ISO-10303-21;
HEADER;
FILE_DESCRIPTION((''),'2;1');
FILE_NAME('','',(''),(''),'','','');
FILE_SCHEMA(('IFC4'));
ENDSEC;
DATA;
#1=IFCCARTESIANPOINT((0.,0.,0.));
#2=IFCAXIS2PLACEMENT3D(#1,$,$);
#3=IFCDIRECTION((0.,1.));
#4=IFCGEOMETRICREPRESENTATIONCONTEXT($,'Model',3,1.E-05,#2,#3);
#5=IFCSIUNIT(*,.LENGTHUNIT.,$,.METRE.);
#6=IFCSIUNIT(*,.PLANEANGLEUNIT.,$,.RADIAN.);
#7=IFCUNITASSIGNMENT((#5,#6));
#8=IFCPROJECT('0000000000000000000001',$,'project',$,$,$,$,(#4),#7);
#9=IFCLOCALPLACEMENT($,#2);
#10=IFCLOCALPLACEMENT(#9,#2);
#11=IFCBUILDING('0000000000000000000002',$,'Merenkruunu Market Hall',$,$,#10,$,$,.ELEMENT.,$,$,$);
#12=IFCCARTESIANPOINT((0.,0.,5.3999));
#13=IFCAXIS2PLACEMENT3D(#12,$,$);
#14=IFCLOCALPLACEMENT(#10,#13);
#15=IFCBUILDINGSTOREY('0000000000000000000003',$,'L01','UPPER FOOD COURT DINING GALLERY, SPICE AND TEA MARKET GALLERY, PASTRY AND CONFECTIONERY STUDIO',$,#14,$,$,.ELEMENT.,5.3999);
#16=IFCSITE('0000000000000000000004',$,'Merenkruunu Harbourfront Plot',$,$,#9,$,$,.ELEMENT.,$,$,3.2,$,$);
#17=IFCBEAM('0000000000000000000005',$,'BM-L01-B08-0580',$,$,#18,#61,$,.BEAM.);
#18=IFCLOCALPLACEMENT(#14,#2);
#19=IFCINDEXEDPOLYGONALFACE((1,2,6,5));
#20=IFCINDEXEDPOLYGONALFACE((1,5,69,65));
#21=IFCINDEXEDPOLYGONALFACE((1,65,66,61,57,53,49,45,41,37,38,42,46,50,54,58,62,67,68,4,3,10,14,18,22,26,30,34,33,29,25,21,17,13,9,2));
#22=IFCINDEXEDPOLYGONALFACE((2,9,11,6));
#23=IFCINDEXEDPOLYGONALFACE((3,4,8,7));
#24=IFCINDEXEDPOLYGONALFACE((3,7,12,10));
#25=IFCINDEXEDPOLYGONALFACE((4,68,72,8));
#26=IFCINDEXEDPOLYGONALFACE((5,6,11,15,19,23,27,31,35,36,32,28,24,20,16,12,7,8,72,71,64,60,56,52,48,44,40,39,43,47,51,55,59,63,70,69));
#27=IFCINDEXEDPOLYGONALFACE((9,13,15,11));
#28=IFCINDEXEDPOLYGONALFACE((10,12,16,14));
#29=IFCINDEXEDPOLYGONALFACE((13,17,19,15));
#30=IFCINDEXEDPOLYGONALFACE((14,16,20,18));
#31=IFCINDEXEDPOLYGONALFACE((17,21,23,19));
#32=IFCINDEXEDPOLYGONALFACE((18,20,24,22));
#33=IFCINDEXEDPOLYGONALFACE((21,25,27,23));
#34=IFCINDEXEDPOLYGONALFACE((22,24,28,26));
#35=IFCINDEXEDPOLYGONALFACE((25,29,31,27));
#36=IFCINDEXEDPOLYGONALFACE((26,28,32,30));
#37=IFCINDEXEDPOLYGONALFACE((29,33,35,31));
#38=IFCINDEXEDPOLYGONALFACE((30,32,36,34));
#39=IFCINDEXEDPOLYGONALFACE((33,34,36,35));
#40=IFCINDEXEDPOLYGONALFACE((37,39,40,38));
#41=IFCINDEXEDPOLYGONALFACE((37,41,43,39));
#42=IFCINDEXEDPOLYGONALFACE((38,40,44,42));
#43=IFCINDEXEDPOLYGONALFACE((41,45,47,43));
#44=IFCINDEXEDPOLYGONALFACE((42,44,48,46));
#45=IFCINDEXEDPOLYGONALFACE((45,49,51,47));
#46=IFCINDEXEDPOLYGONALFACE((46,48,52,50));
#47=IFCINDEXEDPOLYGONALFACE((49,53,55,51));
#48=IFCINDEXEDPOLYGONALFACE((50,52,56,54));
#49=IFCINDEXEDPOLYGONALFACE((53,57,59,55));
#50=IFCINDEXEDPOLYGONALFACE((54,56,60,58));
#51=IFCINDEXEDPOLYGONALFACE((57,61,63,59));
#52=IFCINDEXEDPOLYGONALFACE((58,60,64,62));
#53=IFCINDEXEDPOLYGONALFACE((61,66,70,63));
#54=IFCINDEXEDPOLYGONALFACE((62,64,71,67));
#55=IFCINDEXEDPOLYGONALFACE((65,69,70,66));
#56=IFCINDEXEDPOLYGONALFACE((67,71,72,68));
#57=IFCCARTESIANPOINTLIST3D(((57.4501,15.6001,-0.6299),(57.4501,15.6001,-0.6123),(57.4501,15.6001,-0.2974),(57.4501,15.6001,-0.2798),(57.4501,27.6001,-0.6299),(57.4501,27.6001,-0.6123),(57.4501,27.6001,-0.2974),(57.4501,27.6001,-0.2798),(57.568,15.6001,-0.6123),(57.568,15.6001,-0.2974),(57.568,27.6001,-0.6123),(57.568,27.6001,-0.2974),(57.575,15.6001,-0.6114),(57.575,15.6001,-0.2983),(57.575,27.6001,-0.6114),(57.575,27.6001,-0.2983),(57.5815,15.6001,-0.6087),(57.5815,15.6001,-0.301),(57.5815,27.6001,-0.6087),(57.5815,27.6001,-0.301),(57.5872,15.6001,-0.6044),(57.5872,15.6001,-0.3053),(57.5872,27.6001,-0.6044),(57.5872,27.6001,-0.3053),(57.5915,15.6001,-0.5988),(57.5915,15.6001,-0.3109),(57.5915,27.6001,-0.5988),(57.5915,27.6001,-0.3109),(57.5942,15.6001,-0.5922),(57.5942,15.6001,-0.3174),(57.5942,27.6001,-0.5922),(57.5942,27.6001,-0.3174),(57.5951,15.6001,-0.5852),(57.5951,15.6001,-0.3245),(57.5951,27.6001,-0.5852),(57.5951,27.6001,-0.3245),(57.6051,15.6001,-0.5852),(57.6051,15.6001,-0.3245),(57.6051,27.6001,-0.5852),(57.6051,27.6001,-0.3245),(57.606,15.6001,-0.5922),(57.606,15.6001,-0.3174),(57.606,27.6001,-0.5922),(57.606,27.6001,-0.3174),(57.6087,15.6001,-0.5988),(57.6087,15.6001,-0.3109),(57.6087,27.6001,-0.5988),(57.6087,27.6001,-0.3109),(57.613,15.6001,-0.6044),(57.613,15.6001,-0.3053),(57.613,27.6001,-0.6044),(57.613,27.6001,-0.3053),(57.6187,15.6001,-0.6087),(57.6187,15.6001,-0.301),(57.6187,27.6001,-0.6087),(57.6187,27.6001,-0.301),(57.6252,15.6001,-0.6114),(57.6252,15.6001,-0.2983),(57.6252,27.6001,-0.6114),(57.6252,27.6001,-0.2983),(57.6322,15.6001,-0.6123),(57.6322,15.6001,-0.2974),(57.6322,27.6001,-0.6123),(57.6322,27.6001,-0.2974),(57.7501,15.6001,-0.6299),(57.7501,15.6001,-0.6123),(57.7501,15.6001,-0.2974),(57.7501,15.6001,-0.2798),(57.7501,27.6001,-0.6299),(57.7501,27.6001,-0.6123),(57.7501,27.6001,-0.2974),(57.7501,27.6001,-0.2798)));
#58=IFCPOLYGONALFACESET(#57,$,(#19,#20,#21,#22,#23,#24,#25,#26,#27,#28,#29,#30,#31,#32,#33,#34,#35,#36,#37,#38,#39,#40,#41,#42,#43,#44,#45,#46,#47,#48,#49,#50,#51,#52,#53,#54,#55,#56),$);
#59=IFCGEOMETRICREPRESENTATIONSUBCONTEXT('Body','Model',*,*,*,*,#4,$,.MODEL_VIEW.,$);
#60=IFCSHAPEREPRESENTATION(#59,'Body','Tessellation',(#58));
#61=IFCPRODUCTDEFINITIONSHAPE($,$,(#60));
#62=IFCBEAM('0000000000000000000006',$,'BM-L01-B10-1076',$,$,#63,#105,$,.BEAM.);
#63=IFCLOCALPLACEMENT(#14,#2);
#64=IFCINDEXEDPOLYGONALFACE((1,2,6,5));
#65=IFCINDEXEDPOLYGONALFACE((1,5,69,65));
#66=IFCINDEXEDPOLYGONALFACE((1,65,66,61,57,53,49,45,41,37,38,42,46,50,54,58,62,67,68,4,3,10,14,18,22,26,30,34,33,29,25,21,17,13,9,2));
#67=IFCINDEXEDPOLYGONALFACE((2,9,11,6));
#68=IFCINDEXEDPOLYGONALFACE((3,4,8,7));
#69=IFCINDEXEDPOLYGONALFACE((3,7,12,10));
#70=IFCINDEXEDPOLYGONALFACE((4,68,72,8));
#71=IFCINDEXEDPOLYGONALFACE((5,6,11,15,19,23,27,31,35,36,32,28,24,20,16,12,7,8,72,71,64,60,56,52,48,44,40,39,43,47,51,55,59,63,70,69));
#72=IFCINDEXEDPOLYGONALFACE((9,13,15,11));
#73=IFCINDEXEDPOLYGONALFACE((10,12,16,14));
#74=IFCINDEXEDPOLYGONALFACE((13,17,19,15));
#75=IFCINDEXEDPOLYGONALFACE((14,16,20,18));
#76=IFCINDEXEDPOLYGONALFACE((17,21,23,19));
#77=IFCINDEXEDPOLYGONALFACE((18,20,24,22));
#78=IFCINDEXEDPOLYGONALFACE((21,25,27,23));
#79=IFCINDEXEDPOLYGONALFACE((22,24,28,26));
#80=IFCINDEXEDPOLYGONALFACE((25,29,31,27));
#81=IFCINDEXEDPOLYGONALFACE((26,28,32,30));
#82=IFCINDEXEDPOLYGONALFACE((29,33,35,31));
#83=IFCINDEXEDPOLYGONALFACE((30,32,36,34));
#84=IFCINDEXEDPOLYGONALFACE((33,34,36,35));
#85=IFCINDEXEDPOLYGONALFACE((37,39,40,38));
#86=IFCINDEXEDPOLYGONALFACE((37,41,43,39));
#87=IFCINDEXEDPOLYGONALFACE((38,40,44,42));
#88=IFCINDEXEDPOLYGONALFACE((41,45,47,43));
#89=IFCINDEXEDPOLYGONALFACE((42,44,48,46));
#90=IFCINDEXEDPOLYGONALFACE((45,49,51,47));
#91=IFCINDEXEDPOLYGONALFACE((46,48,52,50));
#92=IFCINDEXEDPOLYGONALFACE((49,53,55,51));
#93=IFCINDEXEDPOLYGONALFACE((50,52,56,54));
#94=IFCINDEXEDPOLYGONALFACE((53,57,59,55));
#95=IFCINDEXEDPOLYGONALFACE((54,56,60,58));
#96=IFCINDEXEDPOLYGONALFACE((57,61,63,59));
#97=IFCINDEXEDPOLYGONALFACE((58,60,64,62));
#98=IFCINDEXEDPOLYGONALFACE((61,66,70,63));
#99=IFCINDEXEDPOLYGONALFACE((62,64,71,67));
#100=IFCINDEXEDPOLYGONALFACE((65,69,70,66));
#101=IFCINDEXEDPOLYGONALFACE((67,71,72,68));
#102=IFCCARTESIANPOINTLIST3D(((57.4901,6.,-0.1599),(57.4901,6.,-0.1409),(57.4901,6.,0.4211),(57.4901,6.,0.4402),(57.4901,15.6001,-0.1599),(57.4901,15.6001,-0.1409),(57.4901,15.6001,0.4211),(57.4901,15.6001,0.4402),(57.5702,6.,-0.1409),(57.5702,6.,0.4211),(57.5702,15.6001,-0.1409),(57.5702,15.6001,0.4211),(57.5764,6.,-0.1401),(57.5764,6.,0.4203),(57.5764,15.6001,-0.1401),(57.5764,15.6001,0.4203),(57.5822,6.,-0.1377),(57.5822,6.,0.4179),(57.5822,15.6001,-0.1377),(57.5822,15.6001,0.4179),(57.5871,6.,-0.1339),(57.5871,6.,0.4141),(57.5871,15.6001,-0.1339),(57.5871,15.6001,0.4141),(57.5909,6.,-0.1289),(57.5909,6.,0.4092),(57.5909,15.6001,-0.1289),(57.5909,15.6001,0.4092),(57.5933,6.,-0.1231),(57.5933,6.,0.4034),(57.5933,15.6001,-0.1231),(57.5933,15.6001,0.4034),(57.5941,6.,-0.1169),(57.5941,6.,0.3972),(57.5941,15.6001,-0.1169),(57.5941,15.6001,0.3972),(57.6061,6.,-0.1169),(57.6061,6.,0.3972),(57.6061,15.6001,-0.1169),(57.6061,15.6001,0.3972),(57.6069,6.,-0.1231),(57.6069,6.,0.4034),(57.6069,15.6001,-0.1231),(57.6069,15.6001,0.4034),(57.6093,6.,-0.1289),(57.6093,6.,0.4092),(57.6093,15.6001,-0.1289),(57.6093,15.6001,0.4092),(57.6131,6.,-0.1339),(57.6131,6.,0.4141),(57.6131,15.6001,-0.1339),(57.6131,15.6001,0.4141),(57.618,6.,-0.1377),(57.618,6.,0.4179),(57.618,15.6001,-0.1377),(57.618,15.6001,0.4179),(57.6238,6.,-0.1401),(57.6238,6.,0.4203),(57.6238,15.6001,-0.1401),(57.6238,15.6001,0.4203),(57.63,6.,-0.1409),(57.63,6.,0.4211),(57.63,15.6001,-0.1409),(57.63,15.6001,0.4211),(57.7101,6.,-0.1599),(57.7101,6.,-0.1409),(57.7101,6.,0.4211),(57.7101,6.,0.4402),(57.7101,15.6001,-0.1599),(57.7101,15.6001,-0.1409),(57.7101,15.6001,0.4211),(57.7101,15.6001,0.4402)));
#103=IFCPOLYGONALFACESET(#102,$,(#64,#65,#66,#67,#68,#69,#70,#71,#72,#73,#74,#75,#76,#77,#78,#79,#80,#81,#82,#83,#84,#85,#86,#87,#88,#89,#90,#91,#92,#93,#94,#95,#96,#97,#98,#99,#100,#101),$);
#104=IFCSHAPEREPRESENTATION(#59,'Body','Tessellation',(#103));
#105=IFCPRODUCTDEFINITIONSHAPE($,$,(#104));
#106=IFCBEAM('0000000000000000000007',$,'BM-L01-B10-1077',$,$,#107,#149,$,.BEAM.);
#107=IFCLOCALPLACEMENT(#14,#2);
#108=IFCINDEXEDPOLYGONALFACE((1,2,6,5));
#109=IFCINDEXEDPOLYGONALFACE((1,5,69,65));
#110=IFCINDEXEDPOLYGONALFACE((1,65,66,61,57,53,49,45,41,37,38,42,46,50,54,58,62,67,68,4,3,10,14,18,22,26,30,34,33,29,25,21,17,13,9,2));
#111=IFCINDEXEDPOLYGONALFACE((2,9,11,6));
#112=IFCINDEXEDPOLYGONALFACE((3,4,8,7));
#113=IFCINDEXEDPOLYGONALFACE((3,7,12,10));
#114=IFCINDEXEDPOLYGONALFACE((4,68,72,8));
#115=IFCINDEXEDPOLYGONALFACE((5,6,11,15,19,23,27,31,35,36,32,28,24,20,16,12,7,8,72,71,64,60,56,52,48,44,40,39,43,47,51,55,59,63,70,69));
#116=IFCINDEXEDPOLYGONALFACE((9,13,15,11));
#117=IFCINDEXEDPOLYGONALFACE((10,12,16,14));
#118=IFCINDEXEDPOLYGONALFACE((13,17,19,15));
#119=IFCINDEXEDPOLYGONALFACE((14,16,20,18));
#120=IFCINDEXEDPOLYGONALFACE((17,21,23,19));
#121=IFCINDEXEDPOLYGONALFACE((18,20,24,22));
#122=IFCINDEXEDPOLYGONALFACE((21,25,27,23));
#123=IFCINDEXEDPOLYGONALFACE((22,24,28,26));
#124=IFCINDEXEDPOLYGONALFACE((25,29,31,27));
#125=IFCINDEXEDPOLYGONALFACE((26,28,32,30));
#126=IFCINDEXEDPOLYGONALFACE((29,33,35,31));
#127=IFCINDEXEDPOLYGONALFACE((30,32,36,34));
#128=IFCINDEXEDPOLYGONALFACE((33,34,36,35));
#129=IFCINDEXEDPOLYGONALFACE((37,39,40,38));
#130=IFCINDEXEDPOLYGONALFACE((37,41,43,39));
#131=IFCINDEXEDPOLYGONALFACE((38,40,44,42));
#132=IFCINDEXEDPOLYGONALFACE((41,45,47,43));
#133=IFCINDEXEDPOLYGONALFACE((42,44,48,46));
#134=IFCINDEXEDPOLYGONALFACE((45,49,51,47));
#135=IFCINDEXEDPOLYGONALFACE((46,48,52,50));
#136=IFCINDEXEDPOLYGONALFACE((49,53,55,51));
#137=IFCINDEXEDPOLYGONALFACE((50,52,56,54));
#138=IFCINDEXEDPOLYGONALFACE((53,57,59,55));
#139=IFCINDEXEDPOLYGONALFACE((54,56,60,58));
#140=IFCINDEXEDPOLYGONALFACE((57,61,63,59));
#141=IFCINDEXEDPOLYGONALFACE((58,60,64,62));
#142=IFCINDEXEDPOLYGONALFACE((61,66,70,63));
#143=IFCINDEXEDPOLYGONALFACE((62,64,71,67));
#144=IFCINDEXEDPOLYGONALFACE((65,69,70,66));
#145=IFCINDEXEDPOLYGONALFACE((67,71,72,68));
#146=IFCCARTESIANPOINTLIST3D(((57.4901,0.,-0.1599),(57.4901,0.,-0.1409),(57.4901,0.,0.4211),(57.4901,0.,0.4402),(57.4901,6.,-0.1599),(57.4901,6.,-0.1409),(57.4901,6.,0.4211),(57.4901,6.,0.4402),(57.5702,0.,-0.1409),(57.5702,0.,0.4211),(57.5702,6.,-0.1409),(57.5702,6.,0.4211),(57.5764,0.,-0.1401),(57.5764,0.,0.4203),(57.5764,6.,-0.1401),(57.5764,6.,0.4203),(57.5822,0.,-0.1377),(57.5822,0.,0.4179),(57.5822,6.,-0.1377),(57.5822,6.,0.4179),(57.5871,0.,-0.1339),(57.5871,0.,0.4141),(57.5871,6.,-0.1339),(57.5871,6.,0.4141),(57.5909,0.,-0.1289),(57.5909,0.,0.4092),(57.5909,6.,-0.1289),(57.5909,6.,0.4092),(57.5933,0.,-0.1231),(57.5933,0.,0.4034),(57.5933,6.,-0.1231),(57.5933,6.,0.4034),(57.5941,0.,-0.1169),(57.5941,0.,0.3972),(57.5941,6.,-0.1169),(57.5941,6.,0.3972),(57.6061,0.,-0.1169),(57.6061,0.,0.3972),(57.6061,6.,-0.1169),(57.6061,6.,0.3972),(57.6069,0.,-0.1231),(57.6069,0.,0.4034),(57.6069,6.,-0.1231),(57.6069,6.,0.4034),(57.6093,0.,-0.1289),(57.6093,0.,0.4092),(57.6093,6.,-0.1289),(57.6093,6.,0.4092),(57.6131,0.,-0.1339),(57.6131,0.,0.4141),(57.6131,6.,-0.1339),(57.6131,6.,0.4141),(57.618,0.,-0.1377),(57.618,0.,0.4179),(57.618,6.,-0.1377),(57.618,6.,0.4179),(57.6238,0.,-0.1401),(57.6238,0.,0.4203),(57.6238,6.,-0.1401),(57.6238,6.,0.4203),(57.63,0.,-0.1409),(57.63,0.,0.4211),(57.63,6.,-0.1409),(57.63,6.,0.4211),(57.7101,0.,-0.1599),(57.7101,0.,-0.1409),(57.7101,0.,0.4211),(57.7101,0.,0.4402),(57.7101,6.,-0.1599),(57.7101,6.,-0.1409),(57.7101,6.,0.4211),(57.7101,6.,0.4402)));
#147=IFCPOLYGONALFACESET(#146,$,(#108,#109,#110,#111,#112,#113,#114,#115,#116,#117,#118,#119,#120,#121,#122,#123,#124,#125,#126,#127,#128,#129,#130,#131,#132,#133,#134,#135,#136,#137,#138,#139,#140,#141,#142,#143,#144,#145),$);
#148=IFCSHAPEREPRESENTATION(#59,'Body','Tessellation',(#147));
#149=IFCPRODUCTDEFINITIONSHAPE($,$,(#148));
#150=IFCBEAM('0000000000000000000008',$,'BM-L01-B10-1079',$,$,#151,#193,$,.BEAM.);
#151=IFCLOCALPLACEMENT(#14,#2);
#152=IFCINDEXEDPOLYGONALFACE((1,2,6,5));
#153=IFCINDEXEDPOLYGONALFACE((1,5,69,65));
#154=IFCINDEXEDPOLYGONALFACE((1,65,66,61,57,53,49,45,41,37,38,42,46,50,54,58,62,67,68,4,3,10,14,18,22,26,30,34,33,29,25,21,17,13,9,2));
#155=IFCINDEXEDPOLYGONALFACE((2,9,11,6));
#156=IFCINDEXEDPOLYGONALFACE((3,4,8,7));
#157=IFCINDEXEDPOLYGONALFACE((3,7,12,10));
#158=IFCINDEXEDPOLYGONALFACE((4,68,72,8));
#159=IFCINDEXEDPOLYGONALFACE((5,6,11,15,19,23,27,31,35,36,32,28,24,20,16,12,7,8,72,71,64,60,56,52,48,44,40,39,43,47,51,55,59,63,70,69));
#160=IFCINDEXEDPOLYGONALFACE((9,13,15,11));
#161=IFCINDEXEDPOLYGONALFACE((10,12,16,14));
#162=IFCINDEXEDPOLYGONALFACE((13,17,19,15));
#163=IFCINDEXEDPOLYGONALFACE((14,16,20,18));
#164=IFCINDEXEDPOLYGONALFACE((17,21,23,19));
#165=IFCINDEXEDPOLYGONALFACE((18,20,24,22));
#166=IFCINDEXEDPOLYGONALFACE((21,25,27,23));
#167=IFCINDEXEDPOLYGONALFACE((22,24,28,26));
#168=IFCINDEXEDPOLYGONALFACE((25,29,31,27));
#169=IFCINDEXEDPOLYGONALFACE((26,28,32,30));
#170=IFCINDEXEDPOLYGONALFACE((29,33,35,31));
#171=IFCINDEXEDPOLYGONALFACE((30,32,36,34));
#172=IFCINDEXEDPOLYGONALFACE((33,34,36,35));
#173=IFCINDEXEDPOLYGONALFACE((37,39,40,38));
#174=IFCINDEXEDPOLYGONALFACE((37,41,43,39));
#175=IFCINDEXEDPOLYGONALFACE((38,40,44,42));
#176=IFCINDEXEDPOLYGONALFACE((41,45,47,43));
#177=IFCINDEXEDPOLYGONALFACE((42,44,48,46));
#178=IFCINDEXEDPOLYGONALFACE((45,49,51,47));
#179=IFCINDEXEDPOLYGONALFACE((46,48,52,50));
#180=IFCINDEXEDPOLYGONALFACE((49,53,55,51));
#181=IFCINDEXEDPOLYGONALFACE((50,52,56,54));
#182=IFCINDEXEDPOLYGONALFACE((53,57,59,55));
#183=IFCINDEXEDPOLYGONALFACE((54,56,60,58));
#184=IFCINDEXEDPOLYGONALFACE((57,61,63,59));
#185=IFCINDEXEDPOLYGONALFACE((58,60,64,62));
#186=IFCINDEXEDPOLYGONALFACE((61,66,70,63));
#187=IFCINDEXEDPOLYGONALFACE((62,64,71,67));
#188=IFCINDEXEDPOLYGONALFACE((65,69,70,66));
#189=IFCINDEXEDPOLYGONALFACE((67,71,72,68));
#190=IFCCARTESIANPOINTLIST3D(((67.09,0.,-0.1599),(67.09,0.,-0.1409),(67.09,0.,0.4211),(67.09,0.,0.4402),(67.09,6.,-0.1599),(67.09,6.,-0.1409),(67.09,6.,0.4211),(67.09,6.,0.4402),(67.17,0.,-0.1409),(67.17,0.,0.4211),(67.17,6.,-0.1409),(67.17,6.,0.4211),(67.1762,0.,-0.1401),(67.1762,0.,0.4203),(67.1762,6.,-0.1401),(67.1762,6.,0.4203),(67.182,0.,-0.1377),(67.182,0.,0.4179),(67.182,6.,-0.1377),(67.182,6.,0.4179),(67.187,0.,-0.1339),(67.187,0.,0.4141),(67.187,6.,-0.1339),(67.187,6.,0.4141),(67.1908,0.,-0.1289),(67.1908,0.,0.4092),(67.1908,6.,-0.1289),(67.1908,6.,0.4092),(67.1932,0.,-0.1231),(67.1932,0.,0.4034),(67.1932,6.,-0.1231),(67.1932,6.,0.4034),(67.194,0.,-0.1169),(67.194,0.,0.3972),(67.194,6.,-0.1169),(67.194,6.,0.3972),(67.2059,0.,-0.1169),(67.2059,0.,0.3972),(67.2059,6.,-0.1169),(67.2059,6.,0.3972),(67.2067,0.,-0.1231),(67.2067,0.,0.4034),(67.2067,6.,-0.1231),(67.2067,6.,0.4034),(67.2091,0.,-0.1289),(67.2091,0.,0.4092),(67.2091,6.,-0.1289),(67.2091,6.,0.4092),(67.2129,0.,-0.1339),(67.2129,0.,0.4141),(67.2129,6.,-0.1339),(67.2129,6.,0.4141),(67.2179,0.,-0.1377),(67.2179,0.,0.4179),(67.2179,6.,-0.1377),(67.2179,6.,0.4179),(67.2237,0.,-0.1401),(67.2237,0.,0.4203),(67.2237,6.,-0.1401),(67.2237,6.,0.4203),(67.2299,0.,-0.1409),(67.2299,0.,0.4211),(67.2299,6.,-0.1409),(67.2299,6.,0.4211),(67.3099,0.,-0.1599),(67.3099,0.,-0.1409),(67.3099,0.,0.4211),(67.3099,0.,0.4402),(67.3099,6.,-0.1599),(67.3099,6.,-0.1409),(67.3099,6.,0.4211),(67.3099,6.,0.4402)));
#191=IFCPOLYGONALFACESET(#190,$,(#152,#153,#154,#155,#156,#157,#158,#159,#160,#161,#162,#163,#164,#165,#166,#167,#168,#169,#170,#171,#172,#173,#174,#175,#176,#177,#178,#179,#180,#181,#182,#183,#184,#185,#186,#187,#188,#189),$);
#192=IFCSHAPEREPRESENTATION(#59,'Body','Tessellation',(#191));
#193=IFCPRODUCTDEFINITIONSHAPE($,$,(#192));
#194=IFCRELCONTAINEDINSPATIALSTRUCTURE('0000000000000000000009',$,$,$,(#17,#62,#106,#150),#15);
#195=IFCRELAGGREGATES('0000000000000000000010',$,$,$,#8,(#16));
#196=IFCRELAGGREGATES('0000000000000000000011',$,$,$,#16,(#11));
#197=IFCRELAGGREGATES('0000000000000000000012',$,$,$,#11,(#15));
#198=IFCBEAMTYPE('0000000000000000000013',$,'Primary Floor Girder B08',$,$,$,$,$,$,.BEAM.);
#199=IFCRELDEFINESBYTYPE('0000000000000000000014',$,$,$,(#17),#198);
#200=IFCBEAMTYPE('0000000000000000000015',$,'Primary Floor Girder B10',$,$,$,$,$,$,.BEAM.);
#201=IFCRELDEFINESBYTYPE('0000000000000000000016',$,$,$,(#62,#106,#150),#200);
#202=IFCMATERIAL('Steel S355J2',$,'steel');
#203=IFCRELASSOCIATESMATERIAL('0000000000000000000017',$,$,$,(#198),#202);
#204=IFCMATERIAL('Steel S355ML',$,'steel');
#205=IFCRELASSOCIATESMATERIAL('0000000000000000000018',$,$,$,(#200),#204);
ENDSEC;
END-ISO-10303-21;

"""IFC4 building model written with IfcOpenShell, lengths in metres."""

from ifc_helpers import new_model, si_unit, direction, frame, origin, origin_2d, place, context, subcontext, project, spatial, i_section, extrude, material, material_profile, profile_set, type_object, element, save


model = new_model("IFC4")

# Units and contexts
model_context = context("Model", 3, precision=1e-05, world=origin(), true_north=direction((0.0, 1.0)))
body_context = subcontext(model_context, "Body", "Model", "MODEL_VIEW")
ifc_project = project(units=[si_unit("LENGTHUNIT", "METRE"), si_unit("PLANEANGLEUNIT", "RADIAN")], contexts=[model_context])

# Site, building, storey
site_placement = place(None, origin())
site = spatial("IfcSite", under=ifc_project, at=site_placement, Name="Merenkruunu Harbourfront Plot", CompositionType="ELEMENT", RefElevation=3.2)
building_placement = place(site_placement, origin())
building = spatial("IfcBuilding", under=site, at=building_placement, Name="Merenkruunu Market Hall", CompositionType="ELEMENT")
storey_placement = place(building_placement, frame((0.0, 0.0, 5.3999)))
storey = spatial("IfcBuildingStorey", under=building, at=storey_placement, Name="L01", Description="UPPER FOOD COURT DINING GALLERY, SPICE AND TEA MARKET GALLERY, PASTRY AND CONFECTIONERY STUDIO", CompositionType="ELEMENT", Elevation=5.3999)

# Shared definitions
ifc_material_1 = material(Name="Steel S355ML", Category="steel")

# Beams
ifc_material_2 = material(Name="Steel S355J2", Category="steel")
ifc_material_profile_1 = material_profile(ifc_material_2, i_section(OverallWidth=0.3, OverallDepth=0.3501, WebThickness=0.01, FlangeThickness=0.0176, FilletRadius=0.0271, at=origin_2d()), Name="HEA 360")
ifc_profile_set_1 = profile_set([ifc_material_profile_1], Name="Steel S355J2")
beam_type_1 = type_object("IfcBeamType", Name="Primary Floor Girder B08", PredefinedType="BEAM", material=ifc_profile_set_1)
beam_1_placement = place(storey_placement, frame((57.6001, 15.6001, -0.4548), z_axis=(0.0, 1.0, 0.0), x_axis=(-1.0, 0.0, 0.0)))
element("IfcBeam", 1, at=beam_1_placement, inside=storey, type_object=beam_type_1, Name="BM-L01-B08-0580", PredefinedType="BEAM", context=body_context, shape_type="SweptSolid", body=[
    extrude(i_section(OverallWidth=0.3, OverallDepth=0.3501, WebThickness=0.01, FlangeThickness=0.0176, FilletRadius=0.0271, at=origin_2d()), origin(), (0.0, 0.0, 1.0), 12.0),
])
ifc_material_profile_2 = material_profile(ifc_material_1, i_section(OverallWidth=0.22, OverallDepth=0.6001, WebThickness=0.012, FlangeThickness=0.019, FilletRadius=0.0239, at=origin_2d()), Name="IPE 600")
ifc_profile_set_2 = profile_set([ifc_material_profile_2], Name="Steel S355ML")
beam_type_2 = type_object("IfcBeamType", Name="Primary Floor Girder B10", PredefinedType="BEAM", material=ifc_profile_set_2)
beam_2_placement = place(storey_placement, frame((57.6001, 15.6001, 0.1401), z_axis=(0.0, -1.0, 0.0), x_axis=(1.0, 0.0, 0.0)))
element("IfcBeam", 2, at=beam_2_placement, inside=storey, type_object=beam_type_2, Name="BM-L01-B10-1076", PredefinedType="BEAM", context=body_context, shape_type="SweptSolid", body=[
    extrude(i_section(OverallWidth=0.22, OverallDepth=0.6001, WebThickness=0.012, FlangeThickness=0.019, FilletRadius=0.0239, at=origin_2d()), origin(), (0.0, 0.0, 1.0), 9.6001),
])
for number, where, z_axis, x_axis, name in (
    (3, (57.6001, 6.0, 0.1401), (0.0, -1.0, 0.0), (1.0, 0.0, 0.0), "BM-L01-B10-1077"),
    (4, (67.2, 6.0, 0.1401), (0.0, -1.0, 0.0), (1.0, 0.0, 0.0), "BM-L01-B10-1079"),
):
    element("IfcBeam", number, at=place(storey_placement, frame(where, z_axis=z_axis, x_axis=x_axis)), inside=storey, type_object=beam_type_2, Name=name, PredefinedType="BEAM", context=body_context, shape_type="SweptSolid", body=[
        extrude(i_section(OverallWidth=0.22, OverallDepth=0.6001, WebThickness=0.012, FlangeThickness=0.019, FilletRadius=0.0239, at=origin_2d()), origin(), (0.0, 0.0, 1.0), 6.0),
    ])

save(model, "model.ifc")
